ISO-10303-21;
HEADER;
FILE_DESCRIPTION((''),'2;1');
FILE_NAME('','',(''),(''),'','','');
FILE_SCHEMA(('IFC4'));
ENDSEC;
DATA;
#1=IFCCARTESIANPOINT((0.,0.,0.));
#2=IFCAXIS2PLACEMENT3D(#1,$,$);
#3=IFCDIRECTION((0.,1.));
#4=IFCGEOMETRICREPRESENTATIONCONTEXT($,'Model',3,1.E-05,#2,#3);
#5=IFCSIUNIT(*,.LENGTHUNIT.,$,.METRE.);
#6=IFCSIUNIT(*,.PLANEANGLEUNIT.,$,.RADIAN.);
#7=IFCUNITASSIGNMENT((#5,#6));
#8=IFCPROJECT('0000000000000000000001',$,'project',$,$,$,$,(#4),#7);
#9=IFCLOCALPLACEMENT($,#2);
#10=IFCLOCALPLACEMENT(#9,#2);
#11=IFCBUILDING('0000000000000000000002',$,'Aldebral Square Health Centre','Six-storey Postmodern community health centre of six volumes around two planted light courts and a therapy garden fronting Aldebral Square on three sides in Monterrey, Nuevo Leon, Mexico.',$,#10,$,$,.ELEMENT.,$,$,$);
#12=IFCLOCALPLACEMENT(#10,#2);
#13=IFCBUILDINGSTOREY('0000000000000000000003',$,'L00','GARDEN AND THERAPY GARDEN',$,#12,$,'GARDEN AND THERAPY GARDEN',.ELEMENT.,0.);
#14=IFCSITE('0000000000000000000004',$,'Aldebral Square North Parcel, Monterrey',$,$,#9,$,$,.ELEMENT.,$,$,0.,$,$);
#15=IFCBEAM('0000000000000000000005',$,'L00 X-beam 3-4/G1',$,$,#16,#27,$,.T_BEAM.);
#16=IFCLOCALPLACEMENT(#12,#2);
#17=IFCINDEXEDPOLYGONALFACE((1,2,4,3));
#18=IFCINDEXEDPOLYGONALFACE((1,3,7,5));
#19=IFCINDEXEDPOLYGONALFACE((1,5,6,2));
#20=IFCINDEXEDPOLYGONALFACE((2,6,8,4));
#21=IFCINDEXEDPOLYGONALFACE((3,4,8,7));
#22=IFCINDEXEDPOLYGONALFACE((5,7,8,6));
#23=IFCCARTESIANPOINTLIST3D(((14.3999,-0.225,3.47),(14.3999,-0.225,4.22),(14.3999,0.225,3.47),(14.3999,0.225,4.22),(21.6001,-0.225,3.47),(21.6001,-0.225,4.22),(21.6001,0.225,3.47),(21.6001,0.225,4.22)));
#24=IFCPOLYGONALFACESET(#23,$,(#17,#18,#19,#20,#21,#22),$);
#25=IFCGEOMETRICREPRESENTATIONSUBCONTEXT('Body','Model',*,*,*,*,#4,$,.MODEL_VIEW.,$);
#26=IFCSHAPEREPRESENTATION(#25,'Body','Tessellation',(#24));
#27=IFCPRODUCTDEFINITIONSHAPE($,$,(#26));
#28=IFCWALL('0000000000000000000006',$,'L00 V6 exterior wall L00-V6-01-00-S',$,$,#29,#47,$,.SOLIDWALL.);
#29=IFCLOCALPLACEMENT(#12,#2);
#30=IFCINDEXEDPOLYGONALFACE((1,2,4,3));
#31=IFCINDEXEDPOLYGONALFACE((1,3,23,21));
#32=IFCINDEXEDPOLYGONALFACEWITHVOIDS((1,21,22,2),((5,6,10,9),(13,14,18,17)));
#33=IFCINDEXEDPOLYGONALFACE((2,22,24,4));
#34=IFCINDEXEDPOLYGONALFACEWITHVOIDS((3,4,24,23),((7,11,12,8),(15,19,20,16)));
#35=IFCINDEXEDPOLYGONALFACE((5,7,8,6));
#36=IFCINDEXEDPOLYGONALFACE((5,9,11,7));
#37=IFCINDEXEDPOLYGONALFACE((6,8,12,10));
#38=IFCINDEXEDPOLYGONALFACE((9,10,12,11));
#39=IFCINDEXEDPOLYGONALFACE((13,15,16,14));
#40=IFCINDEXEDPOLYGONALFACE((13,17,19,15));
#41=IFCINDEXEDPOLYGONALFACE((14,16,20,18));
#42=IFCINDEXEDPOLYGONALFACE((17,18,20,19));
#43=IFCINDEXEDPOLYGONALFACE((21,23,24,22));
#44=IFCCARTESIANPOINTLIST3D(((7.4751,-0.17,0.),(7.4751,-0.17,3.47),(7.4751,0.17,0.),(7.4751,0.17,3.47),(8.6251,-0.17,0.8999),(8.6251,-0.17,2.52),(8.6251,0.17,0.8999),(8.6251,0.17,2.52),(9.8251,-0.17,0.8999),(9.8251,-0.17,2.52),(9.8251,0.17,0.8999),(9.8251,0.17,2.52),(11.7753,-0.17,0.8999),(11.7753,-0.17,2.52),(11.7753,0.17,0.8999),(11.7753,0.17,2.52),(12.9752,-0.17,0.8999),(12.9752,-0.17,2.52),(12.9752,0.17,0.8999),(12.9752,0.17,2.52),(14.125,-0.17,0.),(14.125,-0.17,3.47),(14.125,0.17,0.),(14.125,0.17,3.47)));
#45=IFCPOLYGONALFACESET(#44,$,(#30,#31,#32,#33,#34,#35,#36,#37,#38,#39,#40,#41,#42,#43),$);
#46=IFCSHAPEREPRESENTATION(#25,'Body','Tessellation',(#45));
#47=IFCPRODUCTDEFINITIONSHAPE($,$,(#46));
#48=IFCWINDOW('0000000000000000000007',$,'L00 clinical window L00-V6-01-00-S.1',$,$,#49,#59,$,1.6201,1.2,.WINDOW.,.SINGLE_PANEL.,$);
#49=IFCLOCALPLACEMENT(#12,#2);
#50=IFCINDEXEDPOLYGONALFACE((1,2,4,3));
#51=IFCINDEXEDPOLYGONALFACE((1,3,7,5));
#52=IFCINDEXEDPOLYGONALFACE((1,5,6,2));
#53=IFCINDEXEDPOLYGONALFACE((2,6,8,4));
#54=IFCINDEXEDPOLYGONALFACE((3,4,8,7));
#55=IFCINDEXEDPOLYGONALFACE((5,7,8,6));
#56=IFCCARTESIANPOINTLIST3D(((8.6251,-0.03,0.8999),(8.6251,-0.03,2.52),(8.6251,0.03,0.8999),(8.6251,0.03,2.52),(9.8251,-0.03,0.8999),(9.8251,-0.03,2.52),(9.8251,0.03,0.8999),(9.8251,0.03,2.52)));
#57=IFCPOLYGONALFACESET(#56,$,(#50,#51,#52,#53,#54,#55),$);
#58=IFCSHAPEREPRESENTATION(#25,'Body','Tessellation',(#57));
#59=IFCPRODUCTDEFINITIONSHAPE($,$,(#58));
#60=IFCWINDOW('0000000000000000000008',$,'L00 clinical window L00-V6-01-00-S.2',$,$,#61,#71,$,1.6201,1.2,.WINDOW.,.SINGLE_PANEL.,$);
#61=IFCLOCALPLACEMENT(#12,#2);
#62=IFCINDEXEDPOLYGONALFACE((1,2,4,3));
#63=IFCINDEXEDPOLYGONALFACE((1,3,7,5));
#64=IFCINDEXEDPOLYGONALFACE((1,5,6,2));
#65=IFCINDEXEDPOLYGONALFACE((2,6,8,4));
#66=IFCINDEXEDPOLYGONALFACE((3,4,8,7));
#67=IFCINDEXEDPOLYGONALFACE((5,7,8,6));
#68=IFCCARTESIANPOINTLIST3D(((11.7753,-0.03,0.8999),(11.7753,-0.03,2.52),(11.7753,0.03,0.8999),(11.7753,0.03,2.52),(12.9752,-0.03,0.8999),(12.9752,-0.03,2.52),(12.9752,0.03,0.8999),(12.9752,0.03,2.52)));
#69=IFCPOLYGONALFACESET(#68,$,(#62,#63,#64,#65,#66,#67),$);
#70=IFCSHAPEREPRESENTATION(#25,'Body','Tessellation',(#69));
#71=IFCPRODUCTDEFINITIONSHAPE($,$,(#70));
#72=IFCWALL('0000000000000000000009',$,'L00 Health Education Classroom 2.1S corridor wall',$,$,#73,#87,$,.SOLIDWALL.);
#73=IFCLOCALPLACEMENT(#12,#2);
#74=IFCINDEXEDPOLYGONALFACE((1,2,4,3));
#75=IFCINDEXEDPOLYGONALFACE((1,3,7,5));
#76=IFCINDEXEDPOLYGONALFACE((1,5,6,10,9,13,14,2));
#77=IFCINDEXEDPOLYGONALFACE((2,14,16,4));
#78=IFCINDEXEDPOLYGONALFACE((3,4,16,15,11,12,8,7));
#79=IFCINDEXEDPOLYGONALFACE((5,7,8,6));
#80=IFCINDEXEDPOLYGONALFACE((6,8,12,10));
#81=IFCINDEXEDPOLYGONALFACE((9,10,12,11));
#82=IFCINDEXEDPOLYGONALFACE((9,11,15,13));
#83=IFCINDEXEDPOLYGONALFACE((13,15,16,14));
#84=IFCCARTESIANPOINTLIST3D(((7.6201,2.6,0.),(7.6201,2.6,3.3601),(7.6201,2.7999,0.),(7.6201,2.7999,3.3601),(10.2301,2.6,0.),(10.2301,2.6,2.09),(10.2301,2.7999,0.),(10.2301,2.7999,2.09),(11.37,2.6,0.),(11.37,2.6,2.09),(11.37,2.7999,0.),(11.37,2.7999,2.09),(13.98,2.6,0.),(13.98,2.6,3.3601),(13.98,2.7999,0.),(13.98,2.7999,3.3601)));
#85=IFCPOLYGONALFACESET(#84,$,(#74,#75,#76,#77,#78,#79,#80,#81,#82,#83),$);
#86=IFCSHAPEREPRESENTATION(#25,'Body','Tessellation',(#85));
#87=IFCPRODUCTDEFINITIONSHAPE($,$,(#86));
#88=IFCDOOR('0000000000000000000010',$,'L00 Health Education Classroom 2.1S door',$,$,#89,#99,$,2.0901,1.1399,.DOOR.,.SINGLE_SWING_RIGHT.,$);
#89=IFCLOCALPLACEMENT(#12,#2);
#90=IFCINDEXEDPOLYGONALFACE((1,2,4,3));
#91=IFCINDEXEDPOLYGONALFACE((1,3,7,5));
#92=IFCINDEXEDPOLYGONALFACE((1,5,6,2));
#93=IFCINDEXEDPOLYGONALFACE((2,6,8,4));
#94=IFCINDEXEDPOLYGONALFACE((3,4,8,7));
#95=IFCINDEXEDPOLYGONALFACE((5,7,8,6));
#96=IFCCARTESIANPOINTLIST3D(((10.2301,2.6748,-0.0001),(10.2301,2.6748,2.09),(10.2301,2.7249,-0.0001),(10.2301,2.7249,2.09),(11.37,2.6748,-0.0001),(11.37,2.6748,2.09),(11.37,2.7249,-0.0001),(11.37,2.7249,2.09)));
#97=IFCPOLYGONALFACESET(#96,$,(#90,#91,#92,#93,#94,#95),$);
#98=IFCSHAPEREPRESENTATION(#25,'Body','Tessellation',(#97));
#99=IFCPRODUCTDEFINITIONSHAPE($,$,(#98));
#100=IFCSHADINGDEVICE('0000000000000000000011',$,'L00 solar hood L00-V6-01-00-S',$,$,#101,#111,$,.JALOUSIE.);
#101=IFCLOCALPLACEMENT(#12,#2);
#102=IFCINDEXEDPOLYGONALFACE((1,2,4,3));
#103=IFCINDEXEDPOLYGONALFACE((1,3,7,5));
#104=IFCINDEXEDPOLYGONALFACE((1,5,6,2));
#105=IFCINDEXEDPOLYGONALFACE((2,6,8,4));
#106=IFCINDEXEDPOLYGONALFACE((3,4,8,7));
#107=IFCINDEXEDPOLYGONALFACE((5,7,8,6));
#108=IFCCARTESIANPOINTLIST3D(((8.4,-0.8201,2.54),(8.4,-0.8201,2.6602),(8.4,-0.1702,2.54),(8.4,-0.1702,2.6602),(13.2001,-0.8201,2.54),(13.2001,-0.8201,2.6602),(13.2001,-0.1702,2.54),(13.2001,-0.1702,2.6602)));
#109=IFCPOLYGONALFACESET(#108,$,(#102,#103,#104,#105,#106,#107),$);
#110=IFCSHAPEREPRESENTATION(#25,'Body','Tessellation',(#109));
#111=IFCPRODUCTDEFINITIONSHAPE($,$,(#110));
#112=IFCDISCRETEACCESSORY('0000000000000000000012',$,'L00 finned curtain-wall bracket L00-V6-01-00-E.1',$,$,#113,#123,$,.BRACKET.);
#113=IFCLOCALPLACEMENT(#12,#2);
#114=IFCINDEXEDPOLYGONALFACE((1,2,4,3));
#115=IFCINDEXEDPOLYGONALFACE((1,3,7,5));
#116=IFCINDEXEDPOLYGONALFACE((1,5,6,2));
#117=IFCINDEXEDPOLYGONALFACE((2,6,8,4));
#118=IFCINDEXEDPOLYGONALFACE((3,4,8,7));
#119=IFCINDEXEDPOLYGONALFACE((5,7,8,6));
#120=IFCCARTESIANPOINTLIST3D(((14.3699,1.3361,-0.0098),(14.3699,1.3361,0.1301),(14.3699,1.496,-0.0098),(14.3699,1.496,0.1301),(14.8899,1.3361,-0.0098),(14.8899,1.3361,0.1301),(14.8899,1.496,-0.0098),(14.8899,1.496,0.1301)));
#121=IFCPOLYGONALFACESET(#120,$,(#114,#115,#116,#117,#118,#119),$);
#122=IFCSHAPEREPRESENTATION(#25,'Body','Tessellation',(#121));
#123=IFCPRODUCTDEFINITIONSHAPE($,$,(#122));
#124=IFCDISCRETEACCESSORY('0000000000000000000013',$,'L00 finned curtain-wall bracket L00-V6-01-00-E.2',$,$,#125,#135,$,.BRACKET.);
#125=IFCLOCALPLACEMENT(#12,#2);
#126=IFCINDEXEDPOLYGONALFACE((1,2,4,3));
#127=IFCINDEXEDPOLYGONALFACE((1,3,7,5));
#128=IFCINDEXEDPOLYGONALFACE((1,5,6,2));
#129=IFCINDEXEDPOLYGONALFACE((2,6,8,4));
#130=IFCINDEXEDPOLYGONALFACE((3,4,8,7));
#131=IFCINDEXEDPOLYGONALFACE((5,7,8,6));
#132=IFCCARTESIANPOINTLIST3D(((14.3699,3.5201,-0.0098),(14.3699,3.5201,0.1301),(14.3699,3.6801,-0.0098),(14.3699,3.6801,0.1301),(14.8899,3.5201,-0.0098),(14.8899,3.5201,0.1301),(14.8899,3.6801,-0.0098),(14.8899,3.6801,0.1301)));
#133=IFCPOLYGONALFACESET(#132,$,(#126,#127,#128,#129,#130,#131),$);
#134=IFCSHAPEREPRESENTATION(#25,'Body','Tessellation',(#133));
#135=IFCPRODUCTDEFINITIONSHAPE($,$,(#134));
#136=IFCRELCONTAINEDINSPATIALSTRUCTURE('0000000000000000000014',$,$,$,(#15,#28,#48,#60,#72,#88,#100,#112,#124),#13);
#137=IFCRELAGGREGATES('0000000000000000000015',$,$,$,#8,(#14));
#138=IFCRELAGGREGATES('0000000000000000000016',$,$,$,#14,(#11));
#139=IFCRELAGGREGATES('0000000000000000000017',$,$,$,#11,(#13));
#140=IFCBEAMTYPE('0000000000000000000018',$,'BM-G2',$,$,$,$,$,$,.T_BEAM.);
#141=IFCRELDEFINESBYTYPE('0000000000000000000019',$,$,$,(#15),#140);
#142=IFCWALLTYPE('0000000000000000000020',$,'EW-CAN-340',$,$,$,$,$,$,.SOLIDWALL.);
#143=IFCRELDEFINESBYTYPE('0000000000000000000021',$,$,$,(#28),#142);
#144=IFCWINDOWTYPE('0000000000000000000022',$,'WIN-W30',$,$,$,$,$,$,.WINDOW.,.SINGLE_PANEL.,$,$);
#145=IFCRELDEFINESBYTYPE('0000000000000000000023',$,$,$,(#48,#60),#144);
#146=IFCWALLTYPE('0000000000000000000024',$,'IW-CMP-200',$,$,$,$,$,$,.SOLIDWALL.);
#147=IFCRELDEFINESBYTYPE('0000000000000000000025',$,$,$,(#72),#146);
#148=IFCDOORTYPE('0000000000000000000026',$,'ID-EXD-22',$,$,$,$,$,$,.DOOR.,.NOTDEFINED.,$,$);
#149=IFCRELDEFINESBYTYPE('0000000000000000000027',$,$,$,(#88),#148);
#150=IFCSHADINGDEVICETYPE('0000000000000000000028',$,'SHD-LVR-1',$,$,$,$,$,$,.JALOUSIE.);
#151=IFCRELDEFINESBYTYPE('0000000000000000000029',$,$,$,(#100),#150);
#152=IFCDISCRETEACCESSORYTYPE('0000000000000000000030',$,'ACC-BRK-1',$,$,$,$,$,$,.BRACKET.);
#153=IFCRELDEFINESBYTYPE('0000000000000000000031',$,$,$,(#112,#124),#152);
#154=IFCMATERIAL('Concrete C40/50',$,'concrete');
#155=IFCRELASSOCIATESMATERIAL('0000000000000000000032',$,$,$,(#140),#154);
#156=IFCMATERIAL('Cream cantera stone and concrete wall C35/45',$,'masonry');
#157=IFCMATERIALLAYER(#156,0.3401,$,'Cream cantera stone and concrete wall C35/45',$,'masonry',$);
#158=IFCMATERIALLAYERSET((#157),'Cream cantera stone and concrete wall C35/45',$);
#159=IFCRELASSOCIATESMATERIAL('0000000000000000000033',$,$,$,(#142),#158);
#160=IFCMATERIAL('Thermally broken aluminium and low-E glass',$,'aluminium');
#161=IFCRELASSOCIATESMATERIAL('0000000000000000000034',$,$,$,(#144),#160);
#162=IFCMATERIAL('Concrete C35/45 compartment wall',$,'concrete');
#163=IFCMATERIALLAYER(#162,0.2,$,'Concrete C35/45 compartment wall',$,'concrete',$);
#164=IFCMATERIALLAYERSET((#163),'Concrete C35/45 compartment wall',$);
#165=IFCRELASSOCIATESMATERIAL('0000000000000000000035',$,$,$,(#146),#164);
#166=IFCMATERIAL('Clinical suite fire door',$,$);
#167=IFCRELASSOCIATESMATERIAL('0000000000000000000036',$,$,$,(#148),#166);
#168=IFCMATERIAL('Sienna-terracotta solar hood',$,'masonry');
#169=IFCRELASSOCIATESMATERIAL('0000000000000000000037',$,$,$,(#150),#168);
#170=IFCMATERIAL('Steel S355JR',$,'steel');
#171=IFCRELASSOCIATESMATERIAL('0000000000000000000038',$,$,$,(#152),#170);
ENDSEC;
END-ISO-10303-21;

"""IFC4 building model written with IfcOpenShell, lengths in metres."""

from ifc_helpers import new_model, si_unit, direction, frame, frame_2d, origin, origin_2d, place, context, subcontext, project, spatial, rectangle, extrude, material, layer, layer_set, material_profile, profile_set, type_object, element, fill, save


model = new_model("IFC4")

# Units and contexts
model_context = context("Model", 3, precision=1e-05, world=origin(), true_north=direction((0.0, 1.0)))
body_context = subcontext(model_context, "Body", "Model", "MODEL_VIEW")
ifc_project = project(units=[si_unit("LENGTHUNIT", "METRE"), si_unit("PLANEANGLEUNIT", "RADIAN")], contexts=[model_context])

# Site, building, storey
site_placement = place(None, origin())
site = spatial("IfcSite", under=ifc_project, at=site_placement, Name="Aldebral Square North Parcel, Monterrey", CompositionType="ELEMENT", RefElevation=0.0)
building_placement = place(site_placement, origin())
building = spatial("IfcBuilding", under=site, at=building_placement, Name="Aldebral Square Health Centre", Description="Six-storey Postmodern community health centre of six volumes around two planted light courts and a therapy garden fronting Aldebral Square on three sides in Monterrey, Nuevo Leon, Mexico.", CompositionType="ELEMENT")
storey_placement = place(building_placement, origin())
storey = spatial("IfcBuildingStorey", under=building, at=storey_placement, Name="L00", Description="GARDEN AND THERAPY GARDEN", LongName="GARDEN AND THERAPY GARDEN", CompositionType="ELEMENT", Elevation=0.0)

# Shared definitions
ifc_material_1 = material(Name="Concrete C40/50", Category="concrete")

# Beam
ifc_material_profile_1 = material_profile(ifc_material_1, rectangle(XDim=0.45, YDim=0.75, at=origin_2d()), Name="RC 450x750")
ifc_profile_set_1 = profile_set([ifc_material_profile_1], Name="Concrete C40/50")
beam_type_1 = type_object("IfcBeamType", Name="BM-G2", PredefinedType="T_BEAM", material=ifc_profile_set_1)
beam_1_placement = place(storey_placement, frame((14.3999, 0.0, 3.845), z_axis=(1.0, 0.0, 0.0), x_axis=(0.0, 1.0, 0.0)))
element("IfcBeam", 1, at=beam_1_placement, inside=storey, type_object=beam_type_1, Name="L00 X-beam 3-4/G1", PredefinedType="T_BEAM", context=body_context, shape_type="SweptSolid", body=[
    extrude(rectangle(XDim=0.45, YDim=0.75, at=origin_2d()), origin(), (0.0, 0.0, 1.0), 7.2002),
])

# Wall, openings, windows
ifc_material_2 = material(Name="Cream cantera stone and concrete wall C35/45", Category="masonry")
ifc_layer_1 = layer(ifc_material_2, 0.3401, Name="Cream cantera stone and concrete wall C35/45", Category="masonry")
ifc_layer_set_1 = layer_set([ifc_layer_1], Name="Cream cantera stone and concrete wall C35/45")
wall_type_1 = type_object("IfcWallType", Name="EW-CAN-340", PredefinedType="SOLIDWALL", material=ifc_layer_set_1)
wall_1_placement = place(storey_placement, frame((7.4751, 0.0, 0.0), z_axis=(0.0, 0.0, 1.0), x_axis=(1.0, 0.0, 0.0)))
wall_1 = element("IfcWall", 2, at=wall_1_placement, inside=storey, type_object=wall_type_1, Name="L00 V6 exterior wall L00-V6-01-00-S", PredefinedType="SOLIDWALL", context=body_context, shape_type="SweptSolid", body=[
    extrude(rectangle(XDim=6.6499, YDim=0.3401, at=frame_2d((3.325, 0.0))), origin(), (0.0, 0.0, 1.0), 3.47),
])
opening_1_placement = place(wall_1_placement, frame((1.1499, 0.0, 0.8999)))
opening_1 = element("IfcOpeningElement", 3, at=opening_1_placement, cuts=wall_1, PredefinedType="OPENING", context=body_context, shape_type="SweptSolid", body=[
    extrude(rectangle(XDim=1.2, YDim=1.6201, at=frame_2d((0.6001, 0.8101))), frame((0.0, 0.1802, 0.0), z_axis=(0.0, -1.0, 0.0), x_axis=(1.0, 0.0, 0.0)), (0.0, 0.0, 1.0), 0.3601),
])
opening_2_placement = place(wall_1_placement, frame((4.3, 0.0, 0.8999)))
opening_2 = element("IfcOpeningElement", 4, at=opening_2_placement, cuts=wall_1, PredefinedType="OPENING", context=body_context, shape_type="SweptSolid", body=[
    extrude(rectangle(XDim=1.2, YDim=1.6201, at=frame_2d((0.6001, 0.8101))), frame((0.0, 0.1802, 0.0), z_axis=(0.0, -1.0, 0.0), x_axis=(1.0, 0.0, 0.0)), (0.0, 0.0, 1.0), 0.3601),
])
ifc_material_3 = material(Name="Thermally broken aluminium and low-E glass", Category="aluminium")
window_type = type_object("IfcWindowType", Name="WIN-W30", PartitioningType="SINGLE_PANEL", PredefinedType="WINDOW", material=ifc_material_3)
window_1_placement = place(opening_1_placement, origin())
window_1 = element("IfcWindow", 5, at=window_1_placement, inside=storey, type_object=window_type, Name="L00 clinical window L00-V6-01-00-S.1", OverallHeight=1.6201, OverallWidth=1.2, PartitioningType="SINGLE_PANEL", PredefinedType="WINDOW", context=body_context, shape_type="SweptSolid", body=[
    extrude(rectangle(XDim=1.2, YDim=1.6201, at=frame_2d((0.6001, 0.8101))), frame((0.0, 0.03, 0.0), z_axis=(0.0, -1.0, 0.0), x_axis=(1.0, 0.0, 0.0)), (0.0, 0.0, 1.0), 0.0601),
])
fill(opening_1, window_1)
window_2_placement = place(opening_2_placement, origin())
window_2 = element("IfcWindow", 6, at=window_2_placement, inside=storey, type_object=window_type, Name="L00 clinical window L00-V6-01-00-S.2", OverallHeight=1.6201, OverallWidth=1.2, PartitioningType="SINGLE_PANEL", PredefinedType="WINDOW", context=body_context, shape_type="SweptSolid", body=[
    extrude(rectangle(XDim=1.2, YDim=1.6201, at=frame_2d((0.6001, 0.8101))), frame((0.0, 0.03, 0.0), z_axis=(0.0, -1.0, 0.0), x_axis=(1.0, 0.0, 0.0)), (0.0, 0.0, 1.0), 0.0601),
])
fill(opening_2, window_2)

# Wall, opening, door
ifc_material_4 = material(Name="Concrete C35/45 compartment wall", Category="concrete")
ifc_layer_2 = layer(ifc_material_4, 0.2, Name="Concrete C35/45 compartment wall", Category="concrete")
ifc_layer_set_2 = layer_set([ifc_layer_2], Name="Concrete C35/45 compartment wall")
wall_type_2 = type_object("IfcWallType", Name="IW-CMP-200", PredefinedType="SOLIDWALL", material=ifc_layer_set_2)
wall_2_placement = place(storey_placement, frame((7.6201, 2.7, 0.0), z_axis=(0.0, 0.0, 1.0), x_axis=(1.0, 0.0, 0.0)))
wall_2 = element("IfcWall", 7, at=wall_2_placement, inside=storey, type_object=wall_type_2, Name="L00 Health Education Classroom 2.1S corridor wall", PredefinedType="SOLIDWALL", context=body_context, shape_type="SweptSolid", body=[
    extrude(rectangle(XDim=6.3599, YDim=0.2, at=frame_2d((3.1799, 0.0))), origin(), (0.0, 0.0, 1.0), 3.3601),
])
opening_3_placement = place(wall_2_placement, frame((2.6101, 0.0, 0.0)))
opening_3 = element("IfcOpeningElement", 8, at=opening_3_placement, cuts=wall_2, PredefinedType="OPENING", context=body_context, shape_type="SweptSolid", body=[
    extrude(rectangle(XDim=1.1399, YDim=2.0901, at=frame_2d((0.5698, 1.0449))), frame((0.0, 0.1099, 0.0), z_axis=(0.0, -1.0, 0.0), x_axis=(1.0, 0.0, 0.0)), (0.0, 0.0, 1.0), 0.22),
])
ifc_material_5 = material(Name="Clinical suite fire door")
door_type = type_object("IfcDoorType", Name="ID-EXD-22", OperationType="NOTDEFINED", PredefinedType="DOOR", material=ifc_material_5)
door_placement = place(opening_3_placement, origin())
door = element("IfcDoor", 9, at=door_placement, inside=storey, type_object=door_type, Name="L00 Health Education Classroom 2.1S door", OperationType="SINGLE_SWING_RIGHT", OverallHeight=2.0901, OverallWidth=1.1399, PredefinedType="DOOR", context=body_context, shape_type="SweptSolid", body=[
    extrude(rectangle(XDim=1.1399, YDim=2.0901, at=frame_2d((0.5698, 1.0449))), frame((0.0, 0.0249, 0.0), z_axis=(0.0, -1.0, 0.0), x_axis=(1.0, 0.0, 0.0)), (0.0, 0.0, 1.0), 0.05),
])
fill(opening_3, door)

# Shading device
ifc_material_6 = material(Name="Sienna-terracotta solar hood", Category="masonry")
shading_device_type = type_object("IfcShadingDeviceType", Name="SHD-LVR-1", PredefinedType="JALOUSIE", material=ifc_material_6)
shading_device_placement = place(storey_placement, frame((10.8, -0.4951, 2.54), z_axis=(0.0, 0.0, 1.0), x_axis=(1.0, 0.0, 0.0)))
element("IfcShadingDevice", 10, at=shading_device_placement, inside=storey, type_object=shading_device_type, Name="L00 solar hood L00-V6-01-00-S", PredefinedType="JALOUSIE", context=body_context, shape_type="SweptSolid", body=[
    extrude(rectangle(XDim=4.8, YDim=0.6499, at=origin_2d()), origin(), (0.0, 0.0, 1.0), 0.1201),
])

# Discrete accessories
ifc_material_7 = material(Name="Steel S355JR", Category="steel")
discrete_accessory_type = type_object("IfcDiscreteAccessoryType", Name="ACC-BRK-1", PredefinedType="BRACKET", material=ifc_material_7)
for number, where, z_axis, x_axis, name in (
    (11, (14.6299, 1.416, -0.0098), (0.0, 0.0, 1.0), (0.0, 1.0, 0.0), "L00 finned curtain-wall bracket L00-V6-01-00-E.1"),
    (12, (14.6299, 3.6001, -0.0098), (0.0, 0.0, 1.0), (0.0, 1.0, 0.0), "L00 finned curtain-wall bracket L00-V6-01-00-E.2"),
):
    element("IfcDiscreteAccessory", number, at=place(storey_placement, frame(where, z_axis=z_axis, x_axis=x_axis)), inside=storey, type_object=discrete_accessory_type, Name=name, PredefinedType="BRACKET", context=body_context, shape_type="SweptSolid", body=[
        extrude(rectangle(XDim=0.1599, YDim=0.52, at=origin_2d()), origin(), (0.0, 0.0, 1.0), 0.1399),
    ])

save(model, "model.ifc")
